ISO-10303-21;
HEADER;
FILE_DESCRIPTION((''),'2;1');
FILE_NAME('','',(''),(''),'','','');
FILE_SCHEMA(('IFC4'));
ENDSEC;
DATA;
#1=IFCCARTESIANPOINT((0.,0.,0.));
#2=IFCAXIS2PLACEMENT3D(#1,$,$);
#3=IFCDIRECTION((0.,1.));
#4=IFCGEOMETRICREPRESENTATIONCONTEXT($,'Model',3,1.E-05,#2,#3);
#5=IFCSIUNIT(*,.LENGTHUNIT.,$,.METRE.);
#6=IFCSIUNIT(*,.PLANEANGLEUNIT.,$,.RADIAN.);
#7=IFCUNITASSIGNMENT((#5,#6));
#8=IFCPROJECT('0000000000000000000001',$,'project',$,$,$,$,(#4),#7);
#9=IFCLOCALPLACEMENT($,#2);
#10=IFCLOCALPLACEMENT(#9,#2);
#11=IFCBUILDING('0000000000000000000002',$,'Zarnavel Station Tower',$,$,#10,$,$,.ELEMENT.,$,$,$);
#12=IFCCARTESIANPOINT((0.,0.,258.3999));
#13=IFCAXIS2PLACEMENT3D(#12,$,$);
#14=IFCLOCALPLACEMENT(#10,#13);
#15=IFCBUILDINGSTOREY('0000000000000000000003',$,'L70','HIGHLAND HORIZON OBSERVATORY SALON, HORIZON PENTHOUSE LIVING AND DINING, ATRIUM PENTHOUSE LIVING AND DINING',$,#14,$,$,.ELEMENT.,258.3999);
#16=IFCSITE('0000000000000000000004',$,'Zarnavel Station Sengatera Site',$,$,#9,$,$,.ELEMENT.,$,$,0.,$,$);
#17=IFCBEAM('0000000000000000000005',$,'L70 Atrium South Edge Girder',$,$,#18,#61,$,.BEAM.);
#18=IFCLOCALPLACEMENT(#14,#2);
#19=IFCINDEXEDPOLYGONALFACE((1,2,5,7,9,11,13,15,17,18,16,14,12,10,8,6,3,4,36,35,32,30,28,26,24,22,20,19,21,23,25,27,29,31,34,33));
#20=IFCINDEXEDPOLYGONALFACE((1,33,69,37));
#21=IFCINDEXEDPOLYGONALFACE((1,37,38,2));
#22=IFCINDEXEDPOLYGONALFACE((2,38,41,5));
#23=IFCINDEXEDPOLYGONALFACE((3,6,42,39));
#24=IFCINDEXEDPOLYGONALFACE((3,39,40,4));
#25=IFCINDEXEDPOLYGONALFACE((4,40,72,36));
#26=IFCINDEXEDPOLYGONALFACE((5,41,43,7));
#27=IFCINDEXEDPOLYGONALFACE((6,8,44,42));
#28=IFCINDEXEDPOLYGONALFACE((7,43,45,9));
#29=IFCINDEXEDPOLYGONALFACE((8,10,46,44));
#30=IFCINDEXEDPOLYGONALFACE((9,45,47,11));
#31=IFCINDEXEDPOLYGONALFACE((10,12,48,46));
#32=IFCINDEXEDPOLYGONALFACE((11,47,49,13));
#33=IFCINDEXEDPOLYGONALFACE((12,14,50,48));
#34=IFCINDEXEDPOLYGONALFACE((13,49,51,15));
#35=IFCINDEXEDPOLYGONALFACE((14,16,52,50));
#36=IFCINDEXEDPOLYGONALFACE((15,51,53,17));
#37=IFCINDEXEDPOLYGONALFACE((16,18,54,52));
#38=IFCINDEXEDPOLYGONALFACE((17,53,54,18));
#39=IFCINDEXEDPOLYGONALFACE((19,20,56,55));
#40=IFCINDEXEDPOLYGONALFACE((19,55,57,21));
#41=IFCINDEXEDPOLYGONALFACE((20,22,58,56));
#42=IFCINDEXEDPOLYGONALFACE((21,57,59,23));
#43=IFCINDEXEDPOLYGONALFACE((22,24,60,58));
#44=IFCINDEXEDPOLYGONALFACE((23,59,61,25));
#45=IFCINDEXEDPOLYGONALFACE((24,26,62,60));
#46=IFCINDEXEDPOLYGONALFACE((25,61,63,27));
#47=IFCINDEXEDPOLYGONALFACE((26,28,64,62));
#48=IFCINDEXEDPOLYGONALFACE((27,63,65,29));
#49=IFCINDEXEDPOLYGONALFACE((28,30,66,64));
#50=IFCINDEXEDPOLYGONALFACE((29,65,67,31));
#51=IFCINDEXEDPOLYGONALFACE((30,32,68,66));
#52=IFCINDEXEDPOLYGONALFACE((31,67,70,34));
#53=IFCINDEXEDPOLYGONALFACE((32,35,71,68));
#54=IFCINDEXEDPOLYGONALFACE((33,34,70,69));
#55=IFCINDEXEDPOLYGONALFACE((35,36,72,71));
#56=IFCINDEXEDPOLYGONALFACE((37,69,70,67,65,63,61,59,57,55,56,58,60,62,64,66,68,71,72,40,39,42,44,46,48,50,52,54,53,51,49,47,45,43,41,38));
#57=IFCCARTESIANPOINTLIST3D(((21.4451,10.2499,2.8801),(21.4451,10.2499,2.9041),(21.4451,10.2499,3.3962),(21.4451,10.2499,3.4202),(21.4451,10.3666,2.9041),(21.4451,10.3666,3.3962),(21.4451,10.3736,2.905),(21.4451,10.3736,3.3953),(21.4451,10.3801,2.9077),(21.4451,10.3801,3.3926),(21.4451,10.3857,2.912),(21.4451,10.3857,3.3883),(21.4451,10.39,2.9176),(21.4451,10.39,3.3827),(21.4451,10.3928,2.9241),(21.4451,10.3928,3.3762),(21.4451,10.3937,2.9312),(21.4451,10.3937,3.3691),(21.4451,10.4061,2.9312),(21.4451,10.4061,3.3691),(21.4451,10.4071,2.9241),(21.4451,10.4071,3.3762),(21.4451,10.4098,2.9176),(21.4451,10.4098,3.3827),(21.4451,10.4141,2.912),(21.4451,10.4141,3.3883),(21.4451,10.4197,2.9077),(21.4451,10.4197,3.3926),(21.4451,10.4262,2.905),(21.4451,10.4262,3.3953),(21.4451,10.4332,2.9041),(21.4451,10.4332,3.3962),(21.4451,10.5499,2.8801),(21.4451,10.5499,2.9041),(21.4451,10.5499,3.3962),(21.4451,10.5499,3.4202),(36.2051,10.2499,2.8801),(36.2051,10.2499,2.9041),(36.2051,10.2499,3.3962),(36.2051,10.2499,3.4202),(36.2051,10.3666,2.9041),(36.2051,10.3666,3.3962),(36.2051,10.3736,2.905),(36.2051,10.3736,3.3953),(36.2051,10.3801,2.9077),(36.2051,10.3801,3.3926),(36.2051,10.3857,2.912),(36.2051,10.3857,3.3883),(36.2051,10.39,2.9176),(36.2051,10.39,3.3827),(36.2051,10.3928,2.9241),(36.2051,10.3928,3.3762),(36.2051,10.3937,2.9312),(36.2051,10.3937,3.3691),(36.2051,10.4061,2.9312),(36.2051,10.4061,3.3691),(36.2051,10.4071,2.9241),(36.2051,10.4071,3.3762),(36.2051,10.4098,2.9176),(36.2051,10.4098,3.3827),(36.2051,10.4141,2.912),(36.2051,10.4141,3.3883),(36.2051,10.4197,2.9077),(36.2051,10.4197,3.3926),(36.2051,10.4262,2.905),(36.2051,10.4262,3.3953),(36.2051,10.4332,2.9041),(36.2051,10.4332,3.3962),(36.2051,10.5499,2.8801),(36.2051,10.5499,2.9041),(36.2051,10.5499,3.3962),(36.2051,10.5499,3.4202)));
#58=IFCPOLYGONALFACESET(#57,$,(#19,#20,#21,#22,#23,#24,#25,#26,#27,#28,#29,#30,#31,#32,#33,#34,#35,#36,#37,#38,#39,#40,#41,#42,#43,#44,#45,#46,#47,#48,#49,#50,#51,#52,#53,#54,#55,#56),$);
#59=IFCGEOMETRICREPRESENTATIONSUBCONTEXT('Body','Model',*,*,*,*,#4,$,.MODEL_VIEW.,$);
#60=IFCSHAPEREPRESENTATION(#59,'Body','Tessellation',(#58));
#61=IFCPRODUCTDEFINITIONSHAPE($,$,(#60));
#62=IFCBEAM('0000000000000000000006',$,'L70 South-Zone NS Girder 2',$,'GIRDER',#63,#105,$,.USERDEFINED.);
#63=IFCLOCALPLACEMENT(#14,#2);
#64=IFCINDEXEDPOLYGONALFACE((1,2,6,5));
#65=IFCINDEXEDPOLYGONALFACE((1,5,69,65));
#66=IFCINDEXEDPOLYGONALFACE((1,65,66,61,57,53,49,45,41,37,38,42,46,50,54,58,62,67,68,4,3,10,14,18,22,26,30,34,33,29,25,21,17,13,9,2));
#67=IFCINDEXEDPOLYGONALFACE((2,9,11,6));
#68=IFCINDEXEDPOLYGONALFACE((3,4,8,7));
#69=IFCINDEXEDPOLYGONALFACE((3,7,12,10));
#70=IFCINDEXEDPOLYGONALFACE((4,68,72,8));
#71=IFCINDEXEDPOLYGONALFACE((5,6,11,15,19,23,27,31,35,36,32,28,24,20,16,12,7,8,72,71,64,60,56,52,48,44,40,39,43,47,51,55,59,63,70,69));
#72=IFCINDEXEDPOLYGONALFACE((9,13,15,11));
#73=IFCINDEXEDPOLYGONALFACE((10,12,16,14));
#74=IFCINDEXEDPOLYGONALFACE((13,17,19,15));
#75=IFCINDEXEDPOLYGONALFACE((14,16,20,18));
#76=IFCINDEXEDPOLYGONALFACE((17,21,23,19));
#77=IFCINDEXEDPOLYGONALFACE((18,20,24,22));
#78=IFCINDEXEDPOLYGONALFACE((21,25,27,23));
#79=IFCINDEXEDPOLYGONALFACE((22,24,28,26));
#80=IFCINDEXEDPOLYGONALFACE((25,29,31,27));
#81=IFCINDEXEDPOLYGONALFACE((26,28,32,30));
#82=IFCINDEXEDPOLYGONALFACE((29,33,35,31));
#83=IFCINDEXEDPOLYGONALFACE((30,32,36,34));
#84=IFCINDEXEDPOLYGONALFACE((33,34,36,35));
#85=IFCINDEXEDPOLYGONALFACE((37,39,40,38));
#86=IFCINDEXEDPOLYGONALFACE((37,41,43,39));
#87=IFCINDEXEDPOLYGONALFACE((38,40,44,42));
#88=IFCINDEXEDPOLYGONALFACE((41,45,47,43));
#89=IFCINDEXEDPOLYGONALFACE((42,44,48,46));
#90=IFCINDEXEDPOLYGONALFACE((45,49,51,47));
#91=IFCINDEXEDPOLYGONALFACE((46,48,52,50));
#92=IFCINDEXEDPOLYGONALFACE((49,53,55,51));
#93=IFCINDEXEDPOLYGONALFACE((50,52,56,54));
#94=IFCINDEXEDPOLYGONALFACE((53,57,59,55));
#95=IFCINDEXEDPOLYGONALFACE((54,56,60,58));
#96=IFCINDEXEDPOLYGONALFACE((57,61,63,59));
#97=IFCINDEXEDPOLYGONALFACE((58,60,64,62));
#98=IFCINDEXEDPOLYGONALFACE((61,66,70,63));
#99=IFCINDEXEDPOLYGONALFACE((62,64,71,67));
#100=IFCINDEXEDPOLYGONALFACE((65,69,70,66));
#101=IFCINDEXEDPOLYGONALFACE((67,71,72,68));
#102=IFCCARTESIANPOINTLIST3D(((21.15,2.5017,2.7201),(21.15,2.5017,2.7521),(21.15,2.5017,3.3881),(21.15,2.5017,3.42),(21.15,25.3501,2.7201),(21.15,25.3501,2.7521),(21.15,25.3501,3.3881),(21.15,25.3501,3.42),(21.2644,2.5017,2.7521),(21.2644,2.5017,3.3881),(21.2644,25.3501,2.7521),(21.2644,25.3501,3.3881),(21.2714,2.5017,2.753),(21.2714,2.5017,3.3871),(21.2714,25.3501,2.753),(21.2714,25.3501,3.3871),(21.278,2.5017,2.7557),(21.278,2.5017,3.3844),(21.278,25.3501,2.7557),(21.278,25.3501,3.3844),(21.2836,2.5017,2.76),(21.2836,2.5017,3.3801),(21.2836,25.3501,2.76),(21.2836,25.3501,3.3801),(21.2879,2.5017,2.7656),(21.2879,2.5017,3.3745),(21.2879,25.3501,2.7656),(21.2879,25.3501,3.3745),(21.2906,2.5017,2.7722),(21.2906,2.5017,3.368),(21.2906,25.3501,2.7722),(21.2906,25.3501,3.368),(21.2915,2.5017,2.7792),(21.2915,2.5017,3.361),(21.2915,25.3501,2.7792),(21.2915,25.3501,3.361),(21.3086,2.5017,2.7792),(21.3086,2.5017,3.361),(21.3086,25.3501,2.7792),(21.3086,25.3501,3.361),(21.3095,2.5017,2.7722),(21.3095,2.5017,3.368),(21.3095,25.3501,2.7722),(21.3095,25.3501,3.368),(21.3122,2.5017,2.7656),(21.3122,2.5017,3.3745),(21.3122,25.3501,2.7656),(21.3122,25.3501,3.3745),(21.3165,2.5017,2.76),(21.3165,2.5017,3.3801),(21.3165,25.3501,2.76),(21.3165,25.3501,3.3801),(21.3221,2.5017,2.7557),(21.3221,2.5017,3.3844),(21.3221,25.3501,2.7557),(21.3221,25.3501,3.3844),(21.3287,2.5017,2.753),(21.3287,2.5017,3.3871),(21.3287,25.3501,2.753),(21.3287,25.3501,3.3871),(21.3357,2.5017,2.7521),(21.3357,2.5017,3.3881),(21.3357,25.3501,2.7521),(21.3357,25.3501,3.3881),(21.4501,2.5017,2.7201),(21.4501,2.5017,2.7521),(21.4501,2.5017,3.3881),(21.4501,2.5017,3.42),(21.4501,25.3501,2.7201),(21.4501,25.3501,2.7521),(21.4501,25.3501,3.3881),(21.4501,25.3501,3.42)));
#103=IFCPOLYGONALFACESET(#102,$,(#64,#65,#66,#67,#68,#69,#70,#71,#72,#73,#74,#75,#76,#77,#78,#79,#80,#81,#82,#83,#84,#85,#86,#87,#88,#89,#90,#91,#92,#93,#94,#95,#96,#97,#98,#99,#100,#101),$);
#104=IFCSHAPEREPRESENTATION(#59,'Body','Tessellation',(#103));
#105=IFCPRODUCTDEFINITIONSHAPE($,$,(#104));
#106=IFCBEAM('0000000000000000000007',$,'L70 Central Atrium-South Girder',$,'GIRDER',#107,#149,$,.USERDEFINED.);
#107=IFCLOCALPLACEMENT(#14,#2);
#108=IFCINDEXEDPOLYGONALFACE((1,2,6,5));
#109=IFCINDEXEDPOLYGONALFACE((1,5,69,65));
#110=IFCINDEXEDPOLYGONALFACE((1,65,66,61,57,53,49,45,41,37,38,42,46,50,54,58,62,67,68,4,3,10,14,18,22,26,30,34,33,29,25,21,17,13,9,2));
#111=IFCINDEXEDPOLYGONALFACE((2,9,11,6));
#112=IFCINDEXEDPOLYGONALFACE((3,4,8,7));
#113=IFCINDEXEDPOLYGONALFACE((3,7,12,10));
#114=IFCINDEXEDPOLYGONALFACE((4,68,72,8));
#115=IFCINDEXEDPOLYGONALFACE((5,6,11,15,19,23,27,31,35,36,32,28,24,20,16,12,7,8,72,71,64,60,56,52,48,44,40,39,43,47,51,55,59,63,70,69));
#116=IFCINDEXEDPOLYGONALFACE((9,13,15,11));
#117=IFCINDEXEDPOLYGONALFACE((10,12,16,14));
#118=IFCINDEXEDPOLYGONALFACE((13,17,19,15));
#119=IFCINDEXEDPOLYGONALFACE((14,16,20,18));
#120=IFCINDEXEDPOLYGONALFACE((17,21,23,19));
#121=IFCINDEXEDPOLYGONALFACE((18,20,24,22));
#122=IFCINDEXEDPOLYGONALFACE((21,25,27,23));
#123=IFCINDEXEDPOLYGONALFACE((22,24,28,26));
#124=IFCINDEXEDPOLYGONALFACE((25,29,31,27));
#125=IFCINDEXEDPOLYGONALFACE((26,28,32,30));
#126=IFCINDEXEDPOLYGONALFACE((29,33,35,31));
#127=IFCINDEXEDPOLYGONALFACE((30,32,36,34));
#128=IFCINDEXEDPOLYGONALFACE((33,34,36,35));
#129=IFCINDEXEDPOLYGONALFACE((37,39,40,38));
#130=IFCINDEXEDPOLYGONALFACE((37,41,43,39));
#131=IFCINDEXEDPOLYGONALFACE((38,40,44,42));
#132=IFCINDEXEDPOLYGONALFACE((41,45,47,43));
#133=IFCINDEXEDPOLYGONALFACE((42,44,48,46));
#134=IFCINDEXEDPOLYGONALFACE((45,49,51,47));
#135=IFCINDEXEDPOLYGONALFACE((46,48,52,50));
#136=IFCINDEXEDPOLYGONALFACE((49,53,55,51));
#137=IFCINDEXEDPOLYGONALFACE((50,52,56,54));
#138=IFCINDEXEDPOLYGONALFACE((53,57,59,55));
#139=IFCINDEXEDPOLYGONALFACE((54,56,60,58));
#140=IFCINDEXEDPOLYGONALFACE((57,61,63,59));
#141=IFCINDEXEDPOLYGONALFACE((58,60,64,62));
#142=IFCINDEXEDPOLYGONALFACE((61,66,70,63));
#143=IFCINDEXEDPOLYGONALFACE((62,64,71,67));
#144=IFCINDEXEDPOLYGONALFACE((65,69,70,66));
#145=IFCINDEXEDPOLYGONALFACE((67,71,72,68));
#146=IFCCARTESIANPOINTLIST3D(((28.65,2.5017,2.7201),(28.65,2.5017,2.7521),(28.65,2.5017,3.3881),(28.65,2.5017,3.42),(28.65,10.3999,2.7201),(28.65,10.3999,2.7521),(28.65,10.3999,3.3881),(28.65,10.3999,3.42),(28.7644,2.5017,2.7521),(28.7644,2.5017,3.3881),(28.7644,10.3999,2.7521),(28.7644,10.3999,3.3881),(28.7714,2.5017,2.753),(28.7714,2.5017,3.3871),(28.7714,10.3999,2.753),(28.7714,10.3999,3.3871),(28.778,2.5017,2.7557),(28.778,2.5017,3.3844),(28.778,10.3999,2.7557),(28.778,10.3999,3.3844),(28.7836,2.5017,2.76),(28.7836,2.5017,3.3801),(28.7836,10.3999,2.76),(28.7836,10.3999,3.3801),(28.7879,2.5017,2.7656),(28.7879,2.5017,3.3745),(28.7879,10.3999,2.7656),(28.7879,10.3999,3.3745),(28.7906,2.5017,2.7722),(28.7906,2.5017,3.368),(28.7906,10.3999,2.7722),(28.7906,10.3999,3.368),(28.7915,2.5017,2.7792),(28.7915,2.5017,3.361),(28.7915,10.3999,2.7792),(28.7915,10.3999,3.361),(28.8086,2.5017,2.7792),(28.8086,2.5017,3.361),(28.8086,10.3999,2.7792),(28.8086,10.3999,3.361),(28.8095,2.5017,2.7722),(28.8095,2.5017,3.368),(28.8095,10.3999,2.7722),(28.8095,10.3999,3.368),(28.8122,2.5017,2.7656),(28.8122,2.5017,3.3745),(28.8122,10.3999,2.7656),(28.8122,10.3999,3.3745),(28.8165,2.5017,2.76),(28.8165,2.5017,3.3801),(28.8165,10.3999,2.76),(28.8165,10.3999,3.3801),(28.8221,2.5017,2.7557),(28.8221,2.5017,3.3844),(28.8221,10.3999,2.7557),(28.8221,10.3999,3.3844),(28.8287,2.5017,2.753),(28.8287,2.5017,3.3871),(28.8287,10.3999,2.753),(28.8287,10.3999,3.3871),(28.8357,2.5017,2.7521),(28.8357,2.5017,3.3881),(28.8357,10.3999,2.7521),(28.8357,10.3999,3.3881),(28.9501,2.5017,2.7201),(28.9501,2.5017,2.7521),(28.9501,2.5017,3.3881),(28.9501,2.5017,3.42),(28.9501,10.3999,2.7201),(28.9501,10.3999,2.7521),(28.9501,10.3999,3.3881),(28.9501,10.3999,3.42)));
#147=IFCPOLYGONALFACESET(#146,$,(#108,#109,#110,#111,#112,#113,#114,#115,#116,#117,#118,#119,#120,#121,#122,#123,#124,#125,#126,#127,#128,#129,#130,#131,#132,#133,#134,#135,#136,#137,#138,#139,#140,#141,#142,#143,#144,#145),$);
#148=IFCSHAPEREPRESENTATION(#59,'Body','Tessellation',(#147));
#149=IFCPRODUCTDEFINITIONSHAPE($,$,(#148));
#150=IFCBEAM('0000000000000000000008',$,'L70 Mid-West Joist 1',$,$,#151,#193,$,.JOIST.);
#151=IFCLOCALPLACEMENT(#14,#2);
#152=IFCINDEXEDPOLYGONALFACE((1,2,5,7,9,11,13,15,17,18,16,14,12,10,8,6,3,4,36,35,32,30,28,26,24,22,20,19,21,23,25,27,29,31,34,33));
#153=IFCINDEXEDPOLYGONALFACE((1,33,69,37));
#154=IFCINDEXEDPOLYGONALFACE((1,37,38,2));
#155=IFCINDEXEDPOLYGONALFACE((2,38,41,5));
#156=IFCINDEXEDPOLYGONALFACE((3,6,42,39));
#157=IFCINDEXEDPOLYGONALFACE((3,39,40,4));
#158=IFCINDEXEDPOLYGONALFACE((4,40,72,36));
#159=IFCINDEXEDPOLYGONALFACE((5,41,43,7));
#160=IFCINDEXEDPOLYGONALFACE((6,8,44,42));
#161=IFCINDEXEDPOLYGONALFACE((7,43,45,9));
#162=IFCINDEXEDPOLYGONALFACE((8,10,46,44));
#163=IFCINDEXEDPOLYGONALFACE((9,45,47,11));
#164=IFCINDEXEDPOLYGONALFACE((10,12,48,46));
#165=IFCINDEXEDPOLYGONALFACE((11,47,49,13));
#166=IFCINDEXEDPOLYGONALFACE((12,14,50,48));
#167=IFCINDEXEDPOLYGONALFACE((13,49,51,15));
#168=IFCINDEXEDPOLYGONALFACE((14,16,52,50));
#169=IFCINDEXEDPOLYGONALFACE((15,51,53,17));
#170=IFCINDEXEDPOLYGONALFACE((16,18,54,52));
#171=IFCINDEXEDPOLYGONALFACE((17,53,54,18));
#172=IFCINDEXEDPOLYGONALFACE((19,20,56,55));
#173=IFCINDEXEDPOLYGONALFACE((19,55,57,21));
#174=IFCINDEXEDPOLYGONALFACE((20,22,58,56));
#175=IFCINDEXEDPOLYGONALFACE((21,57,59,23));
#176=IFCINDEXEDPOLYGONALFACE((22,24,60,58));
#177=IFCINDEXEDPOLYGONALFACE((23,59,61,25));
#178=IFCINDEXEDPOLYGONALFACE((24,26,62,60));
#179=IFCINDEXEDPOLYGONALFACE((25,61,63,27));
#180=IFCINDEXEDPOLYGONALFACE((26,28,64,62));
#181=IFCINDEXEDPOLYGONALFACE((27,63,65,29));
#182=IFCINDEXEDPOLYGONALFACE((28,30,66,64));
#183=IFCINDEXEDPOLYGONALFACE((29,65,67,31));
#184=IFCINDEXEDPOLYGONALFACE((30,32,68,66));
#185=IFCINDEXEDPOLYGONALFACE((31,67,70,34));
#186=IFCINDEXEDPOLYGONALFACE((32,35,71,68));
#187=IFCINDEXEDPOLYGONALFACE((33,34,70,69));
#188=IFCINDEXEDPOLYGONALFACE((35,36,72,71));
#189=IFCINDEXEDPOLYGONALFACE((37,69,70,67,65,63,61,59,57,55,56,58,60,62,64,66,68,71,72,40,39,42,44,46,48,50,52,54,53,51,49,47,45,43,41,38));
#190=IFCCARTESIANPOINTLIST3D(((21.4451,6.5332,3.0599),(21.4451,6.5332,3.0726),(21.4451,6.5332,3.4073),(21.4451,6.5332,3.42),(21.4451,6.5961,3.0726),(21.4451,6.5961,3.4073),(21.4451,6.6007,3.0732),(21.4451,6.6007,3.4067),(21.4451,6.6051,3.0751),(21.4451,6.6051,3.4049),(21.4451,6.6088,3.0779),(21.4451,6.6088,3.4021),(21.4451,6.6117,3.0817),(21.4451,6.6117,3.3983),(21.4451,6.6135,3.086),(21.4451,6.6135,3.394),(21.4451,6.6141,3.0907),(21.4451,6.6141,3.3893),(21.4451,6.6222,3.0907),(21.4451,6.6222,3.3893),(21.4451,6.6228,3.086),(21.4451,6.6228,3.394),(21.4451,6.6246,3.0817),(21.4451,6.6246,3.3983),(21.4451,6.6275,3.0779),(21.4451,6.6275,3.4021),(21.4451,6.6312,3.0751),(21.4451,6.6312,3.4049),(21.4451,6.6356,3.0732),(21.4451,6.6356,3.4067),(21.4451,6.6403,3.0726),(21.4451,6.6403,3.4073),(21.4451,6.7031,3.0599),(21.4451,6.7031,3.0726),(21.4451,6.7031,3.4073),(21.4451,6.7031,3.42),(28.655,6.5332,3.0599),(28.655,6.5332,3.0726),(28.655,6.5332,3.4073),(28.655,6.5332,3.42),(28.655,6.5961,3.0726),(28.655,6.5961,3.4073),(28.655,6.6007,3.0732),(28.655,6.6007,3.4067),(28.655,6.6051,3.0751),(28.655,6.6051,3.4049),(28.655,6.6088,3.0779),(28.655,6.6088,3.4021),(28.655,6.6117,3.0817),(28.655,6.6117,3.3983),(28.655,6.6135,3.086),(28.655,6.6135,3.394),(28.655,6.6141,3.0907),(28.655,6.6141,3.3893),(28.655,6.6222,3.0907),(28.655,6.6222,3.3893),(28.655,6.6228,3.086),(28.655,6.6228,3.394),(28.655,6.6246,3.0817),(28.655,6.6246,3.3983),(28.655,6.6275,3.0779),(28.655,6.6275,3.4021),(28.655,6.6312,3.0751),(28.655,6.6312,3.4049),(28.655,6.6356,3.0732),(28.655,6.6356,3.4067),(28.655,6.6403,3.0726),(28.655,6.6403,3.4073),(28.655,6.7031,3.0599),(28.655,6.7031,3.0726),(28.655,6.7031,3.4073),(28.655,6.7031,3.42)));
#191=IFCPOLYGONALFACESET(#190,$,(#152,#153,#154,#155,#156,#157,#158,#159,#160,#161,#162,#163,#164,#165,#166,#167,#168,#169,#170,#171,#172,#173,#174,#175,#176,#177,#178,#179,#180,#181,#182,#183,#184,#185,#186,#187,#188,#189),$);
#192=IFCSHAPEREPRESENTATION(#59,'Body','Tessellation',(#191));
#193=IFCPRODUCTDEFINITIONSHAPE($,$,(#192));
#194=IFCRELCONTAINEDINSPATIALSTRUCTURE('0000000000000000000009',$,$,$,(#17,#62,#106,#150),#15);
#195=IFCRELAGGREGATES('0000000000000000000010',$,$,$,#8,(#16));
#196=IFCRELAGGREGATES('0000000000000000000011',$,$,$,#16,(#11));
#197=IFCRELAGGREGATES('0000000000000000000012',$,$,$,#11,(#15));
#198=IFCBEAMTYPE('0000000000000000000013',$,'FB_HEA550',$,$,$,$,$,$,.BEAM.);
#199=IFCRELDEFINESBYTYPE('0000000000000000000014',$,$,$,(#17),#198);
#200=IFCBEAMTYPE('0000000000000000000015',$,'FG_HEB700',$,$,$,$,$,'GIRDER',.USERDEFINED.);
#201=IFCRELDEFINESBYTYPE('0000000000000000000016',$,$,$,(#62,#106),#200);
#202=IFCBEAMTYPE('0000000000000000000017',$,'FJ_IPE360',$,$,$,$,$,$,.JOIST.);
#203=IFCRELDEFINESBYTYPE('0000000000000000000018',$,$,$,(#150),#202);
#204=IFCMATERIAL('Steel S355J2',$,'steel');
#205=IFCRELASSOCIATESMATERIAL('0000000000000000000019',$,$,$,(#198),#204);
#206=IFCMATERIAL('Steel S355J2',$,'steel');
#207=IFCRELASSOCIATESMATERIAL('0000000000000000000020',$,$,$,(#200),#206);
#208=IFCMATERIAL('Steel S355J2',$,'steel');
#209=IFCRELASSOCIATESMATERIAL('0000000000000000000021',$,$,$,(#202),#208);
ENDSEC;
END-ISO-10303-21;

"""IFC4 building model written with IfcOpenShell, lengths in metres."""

from ifc_helpers import new_model, si_unit, direction, frame, origin, origin_2d, place, context, subcontext, project, spatial, i_section, extrude, material, material_profile, profile_set, type_object, element, save


model = new_model("IFC4")

# Units and contexts
model_context = context("Model", 3, precision=1e-05, world=origin(), true_north=direction((0.0, 1.0)))
body_context = subcontext(model_context, "Body", "Model", "MODEL_VIEW")
ifc_project = project(units=[si_unit("LENGTHUNIT", "METRE"), si_unit("PLANEANGLEUNIT", "RADIAN")], contexts=[model_context])

# Site, building, storey
site_placement = place(None, origin())
site = spatial("IfcSite", under=ifc_project, at=site_placement, Name="Zarnavel Station Sengatera Site", CompositionType="ELEMENT", RefElevation=0.0)
building_placement = place(site_placement, origin())
building = spatial("IfcBuilding", under=site, at=building_placement, Name="Zarnavel Station Tower", CompositionType="ELEMENT")
storey_placement = place(building_placement, frame((0.0, 0.0, 258.3999)))
storey = spatial("IfcBuildingStorey", under=building, at=storey_placement, Name="L70", Description="HIGHLAND HORIZON OBSERVATORY SALON, HORIZON PENTHOUSE LIVING AND DINING, ATRIUM PENTHOUSE LIVING AND DINING", CompositionType="ELEMENT", Elevation=258.3999)

# Beams
ifc_material_1 = material(Name="Steel S355J2", Category="steel")
ifc_material_profile_1 = material_profile(ifc_material_1, i_section(OverallWidth=0.3, OverallDepth=0.54, WebThickness=0.0125, FlangeThickness=0.0239, FilletRadius=0.0271, at=origin_2d()), Name="HEA550")
ifc_profile_set_1 = profile_set([ifc_material_profile_1], Name="Steel S355J2")
beam_type_1 = type_object("IfcBeamType", Name="FB_HEA550", PredefinedType="BEAM", material=ifc_profile_set_1)
beam_1_placement = place(storey_placement, frame((21.4451, 10.3999, 3.1501), z_axis=(1.0, 0.0, 0.0), x_axis=(0.0, 1.0, 0.0)))
element("IfcBeam", 1, at=beam_1_placement, inside=storey, type_object=beam_type_1, Name="L70 Atrium South Edge Girder", PredefinedType="BEAM", context=body_context, shape_type="SweptSolid", body=[
    extrude(i_section(OverallWidth=0.3, OverallDepth=0.54, WebThickness=0.0125, FlangeThickness=0.0239, FilletRadius=0.0271, at=origin_2d()), origin(), (0.0, 0.0, 1.0), 14.76),
])
ifc_material_2 = material(Name="Steel S355J2", Category="steel")
ifc_material_profile_2 = material_profile(ifc_material_2, i_section(OverallWidth=0.3, OverallDepth=0.7, WebThickness=0.0171, FlangeThickness=0.032, FilletRadius=0.0271, at=origin_2d()), Name="HEB700")
ifc_profile_set_2 = profile_set([ifc_material_profile_2], Name="Steel S355J2")
beam_type_2 = type_object("IfcBeamType", Name="FG_HEB700", ElementType="GIRDER", PredefinedType="USERDEFINED", material=ifc_profile_set_2)
beam_2_placement = place(storey_placement, frame((21.3, 2.5017, 3.0701), z_axis=(0.0, 1.0, 0.0), x_axis=(-1.0, 0.0, 0.0)))
element("IfcBeam", 2, at=beam_2_placement, inside=storey, type_object=beam_type_2, Name="L70 South-Zone NS Girder 2", ObjectType="GIRDER", PredefinedType="USERDEFINED", context=body_context, shape_type="SweptSolid", body=[
    extrude(i_section(OverallWidth=0.3, OverallDepth=0.7, WebThickness=0.0171, FlangeThickness=0.032, FilletRadius=0.0271, at=origin_2d()), origin(), (0.0, 0.0, 1.0), 22.8484),
])
beam_3_placement = place(storey_placement, frame((28.8, 2.5017, 3.0701), z_axis=(0.0, 1.0, 0.0), x_axis=(-1.0, 0.0, 0.0)))
element("IfcBeam", 3, at=beam_3_placement, inside=storey, type_object=beam_type_2, Name="L70 Central Atrium-South Girder", ObjectType="GIRDER", PredefinedType="USERDEFINED", context=body_context, shape_type="SweptSolid", body=[
    extrude(i_section(OverallWidth=0.3, OverallDepth=0.7, WebThickness=0.0171, FlangeThickness=0.032, FilletRadius=0.0271, at=origin_2d()), origin(), (0.0, 0.0, 1.0), 7.8982),
])
ifc_material_3 = material(Name="Steel S355J2", Category="steel")
ifc_material_profile_3 = material_profile(ifc_material_3, i_section(OverallWidth=0.1699, OverallDepth=0.3601, WebThickness=0.0081, FlangeThickness=0.0127, FilletRadius=0.0181, at=origin_2d()), Name="IPE360")
ifc_profile_set_3 = profile_set([ifc_material_profile_3], Name="Steel S355J2")
beam_type_3 = type_object("IfcBeamType", Name="FJ_IPE360", PredefinedType="JOIST", material=ifc_profile_set_3)
beam_4_placement = place(storey_placement, frame((21.4451, 6.6182, 3.24), z_axis=(1.0, 0.0, 0.0), x_axis=(0.0, 1.0, 0.0)))
element("IfcBeam", 4, at=beam_4_placement, inside=storey, type_object=beam_type_3, Name="L70 Mid-West Joist 1", PredefinedType="JOIST", context=body_context, shape_type="SweptSolid", body=[
    extrude(i_section(OverallWidth=0.1699, OverallDepth=0.3601, WebThickness=0.0081, FlangeThickness=0.0127, FilletRadius=0.0181, at=origin_2d()), origin(), (0.0, 0.0, 1.0), 7.21),
])

save(model, "model.ifc")
